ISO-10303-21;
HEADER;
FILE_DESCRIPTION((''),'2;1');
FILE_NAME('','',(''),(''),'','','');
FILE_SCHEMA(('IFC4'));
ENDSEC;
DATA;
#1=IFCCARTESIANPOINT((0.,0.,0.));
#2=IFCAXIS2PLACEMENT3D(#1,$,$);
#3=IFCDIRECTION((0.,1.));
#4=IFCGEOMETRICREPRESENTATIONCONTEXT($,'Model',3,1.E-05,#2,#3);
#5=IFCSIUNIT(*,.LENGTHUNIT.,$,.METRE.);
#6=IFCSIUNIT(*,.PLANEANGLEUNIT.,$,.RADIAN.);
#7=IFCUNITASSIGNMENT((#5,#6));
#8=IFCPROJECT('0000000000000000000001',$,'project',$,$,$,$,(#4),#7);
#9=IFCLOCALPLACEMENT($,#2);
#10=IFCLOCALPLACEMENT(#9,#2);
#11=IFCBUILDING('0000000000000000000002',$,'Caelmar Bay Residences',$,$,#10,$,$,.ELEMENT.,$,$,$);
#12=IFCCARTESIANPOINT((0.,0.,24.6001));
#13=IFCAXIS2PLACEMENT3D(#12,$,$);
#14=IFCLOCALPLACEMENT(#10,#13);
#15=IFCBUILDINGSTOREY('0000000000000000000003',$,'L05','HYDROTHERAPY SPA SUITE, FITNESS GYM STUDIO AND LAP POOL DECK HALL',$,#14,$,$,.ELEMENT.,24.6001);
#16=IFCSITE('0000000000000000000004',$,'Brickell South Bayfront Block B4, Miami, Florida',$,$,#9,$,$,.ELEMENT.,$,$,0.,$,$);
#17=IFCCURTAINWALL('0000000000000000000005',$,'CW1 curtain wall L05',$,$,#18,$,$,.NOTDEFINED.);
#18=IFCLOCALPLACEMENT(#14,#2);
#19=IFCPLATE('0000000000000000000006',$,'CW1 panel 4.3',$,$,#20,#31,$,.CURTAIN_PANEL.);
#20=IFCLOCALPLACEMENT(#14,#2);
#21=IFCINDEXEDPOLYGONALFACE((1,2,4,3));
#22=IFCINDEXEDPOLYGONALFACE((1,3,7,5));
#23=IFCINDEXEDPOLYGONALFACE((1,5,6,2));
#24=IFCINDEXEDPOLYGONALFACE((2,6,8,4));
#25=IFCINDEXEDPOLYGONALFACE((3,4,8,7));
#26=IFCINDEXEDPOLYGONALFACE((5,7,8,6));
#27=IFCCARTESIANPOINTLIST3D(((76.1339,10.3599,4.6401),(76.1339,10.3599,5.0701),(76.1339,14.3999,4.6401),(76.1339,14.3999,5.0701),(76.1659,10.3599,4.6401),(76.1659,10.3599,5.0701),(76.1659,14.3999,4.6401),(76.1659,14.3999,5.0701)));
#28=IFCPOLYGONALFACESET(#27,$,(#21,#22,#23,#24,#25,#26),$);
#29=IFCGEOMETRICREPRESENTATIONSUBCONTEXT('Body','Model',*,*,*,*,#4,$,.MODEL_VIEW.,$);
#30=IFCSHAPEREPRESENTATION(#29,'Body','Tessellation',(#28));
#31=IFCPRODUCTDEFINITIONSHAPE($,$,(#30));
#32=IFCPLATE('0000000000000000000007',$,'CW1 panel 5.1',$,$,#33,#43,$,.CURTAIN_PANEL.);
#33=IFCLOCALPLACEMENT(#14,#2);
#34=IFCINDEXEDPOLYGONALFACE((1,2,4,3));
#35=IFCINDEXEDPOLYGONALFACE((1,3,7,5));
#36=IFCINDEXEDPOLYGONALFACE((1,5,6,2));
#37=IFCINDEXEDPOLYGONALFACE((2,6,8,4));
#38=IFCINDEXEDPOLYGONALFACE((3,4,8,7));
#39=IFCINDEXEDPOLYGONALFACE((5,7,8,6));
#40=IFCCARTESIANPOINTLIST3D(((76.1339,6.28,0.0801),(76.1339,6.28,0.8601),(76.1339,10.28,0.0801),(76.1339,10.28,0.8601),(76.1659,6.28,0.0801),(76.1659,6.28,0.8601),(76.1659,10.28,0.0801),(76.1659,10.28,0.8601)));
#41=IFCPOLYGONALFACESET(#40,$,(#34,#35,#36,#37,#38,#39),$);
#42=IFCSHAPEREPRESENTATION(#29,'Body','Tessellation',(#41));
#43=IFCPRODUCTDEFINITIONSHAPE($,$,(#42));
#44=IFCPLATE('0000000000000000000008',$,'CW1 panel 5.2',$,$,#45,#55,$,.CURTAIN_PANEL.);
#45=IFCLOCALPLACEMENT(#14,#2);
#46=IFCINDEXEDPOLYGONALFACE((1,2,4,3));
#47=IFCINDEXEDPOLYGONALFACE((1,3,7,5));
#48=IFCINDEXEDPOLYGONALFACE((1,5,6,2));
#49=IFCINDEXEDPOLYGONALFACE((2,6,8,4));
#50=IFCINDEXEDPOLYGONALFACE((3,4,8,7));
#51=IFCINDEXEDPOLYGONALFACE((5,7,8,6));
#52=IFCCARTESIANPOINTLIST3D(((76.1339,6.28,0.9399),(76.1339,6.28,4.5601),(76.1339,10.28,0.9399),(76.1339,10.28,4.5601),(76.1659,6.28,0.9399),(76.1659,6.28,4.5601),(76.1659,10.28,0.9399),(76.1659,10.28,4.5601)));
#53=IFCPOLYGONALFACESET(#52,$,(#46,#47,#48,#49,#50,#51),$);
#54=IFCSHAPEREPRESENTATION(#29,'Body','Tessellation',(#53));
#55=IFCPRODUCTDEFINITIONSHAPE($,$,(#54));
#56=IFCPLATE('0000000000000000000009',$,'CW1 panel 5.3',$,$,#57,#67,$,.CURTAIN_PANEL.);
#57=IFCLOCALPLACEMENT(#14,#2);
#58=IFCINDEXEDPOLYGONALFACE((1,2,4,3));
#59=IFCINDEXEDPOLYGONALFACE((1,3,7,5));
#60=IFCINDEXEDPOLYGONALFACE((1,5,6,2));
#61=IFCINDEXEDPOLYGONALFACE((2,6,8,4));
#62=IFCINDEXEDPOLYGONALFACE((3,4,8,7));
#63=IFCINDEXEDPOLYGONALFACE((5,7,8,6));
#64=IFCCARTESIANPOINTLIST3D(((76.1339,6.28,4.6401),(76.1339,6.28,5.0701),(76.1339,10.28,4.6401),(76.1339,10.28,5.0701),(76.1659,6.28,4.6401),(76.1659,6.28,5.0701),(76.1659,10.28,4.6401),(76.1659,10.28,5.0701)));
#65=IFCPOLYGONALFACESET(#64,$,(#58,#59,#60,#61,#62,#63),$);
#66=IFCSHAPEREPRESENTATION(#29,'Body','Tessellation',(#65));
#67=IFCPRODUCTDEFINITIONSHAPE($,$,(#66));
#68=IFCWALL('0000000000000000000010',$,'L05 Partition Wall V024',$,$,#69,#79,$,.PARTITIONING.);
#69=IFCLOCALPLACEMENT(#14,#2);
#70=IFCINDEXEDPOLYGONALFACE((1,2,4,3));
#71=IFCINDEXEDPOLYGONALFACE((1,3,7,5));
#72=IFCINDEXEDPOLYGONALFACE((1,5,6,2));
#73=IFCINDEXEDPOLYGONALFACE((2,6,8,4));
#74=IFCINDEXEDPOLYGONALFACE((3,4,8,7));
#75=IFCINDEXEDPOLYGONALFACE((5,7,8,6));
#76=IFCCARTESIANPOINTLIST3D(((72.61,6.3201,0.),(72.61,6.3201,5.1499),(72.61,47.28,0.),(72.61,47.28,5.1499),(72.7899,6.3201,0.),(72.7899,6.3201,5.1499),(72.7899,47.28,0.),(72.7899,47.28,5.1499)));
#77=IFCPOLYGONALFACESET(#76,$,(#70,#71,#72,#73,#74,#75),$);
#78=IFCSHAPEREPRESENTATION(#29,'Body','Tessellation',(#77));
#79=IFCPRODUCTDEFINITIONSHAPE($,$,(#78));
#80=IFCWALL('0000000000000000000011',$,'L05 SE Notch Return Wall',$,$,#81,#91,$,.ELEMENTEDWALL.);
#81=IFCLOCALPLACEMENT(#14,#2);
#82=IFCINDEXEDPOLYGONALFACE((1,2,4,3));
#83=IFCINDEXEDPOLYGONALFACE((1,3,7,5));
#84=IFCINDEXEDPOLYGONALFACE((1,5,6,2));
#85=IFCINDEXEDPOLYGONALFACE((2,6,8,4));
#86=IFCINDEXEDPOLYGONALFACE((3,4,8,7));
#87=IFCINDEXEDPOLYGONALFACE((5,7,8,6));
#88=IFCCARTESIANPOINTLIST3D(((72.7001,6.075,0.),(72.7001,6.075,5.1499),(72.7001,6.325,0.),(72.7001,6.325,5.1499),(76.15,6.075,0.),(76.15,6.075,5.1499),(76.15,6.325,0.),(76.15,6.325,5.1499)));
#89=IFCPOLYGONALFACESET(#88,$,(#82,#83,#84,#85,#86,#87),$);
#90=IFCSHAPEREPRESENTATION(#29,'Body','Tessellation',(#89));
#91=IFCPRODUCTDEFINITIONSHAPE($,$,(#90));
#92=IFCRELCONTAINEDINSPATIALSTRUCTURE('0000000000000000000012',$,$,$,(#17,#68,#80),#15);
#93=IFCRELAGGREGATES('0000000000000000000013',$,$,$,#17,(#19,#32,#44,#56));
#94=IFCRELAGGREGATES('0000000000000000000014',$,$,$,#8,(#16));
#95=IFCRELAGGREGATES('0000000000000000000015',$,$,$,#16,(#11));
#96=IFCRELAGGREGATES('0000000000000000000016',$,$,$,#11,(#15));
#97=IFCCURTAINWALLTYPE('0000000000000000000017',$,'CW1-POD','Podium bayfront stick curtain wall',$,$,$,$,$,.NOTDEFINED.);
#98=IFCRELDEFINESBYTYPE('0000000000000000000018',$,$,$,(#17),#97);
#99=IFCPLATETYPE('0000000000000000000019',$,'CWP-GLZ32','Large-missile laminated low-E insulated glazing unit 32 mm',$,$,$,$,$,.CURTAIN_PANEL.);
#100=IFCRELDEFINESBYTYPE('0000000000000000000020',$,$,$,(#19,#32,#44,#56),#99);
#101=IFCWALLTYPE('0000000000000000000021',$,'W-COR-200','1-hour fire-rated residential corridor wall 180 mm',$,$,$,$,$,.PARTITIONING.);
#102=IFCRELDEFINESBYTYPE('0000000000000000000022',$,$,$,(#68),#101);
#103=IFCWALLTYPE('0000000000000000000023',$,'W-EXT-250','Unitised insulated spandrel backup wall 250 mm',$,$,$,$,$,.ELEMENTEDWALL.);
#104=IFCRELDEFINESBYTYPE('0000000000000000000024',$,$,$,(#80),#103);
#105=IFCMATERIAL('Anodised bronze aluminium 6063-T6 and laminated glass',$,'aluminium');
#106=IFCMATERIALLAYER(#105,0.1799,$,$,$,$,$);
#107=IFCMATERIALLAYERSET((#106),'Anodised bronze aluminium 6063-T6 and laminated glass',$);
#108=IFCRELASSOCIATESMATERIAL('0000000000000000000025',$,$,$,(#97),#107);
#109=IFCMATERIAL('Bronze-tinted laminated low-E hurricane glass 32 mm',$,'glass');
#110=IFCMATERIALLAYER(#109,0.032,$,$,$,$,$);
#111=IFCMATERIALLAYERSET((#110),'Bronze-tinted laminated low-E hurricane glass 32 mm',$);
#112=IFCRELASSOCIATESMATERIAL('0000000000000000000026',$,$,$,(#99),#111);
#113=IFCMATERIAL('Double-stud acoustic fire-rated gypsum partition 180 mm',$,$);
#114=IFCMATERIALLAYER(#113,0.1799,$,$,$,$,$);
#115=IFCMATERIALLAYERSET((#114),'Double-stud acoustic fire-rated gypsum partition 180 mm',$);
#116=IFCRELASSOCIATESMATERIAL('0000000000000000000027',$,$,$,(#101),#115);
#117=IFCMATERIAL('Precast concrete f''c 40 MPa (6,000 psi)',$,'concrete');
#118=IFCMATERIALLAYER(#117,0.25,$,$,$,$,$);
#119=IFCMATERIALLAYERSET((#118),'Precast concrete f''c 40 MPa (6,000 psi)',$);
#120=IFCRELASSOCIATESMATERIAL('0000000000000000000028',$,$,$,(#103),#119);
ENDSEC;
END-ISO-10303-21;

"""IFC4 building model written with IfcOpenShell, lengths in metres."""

from ifc_helpers import new_model, si_unit, direction, frame, frame_2d, origin, origin_2d, place, context, subcontext, project, spatial, rectangle, extrude, material, layer, layer_set, type_object, element, aggregate, save


model = new_model("IFC4")

# Units and contexts
model_context = context("Model", 3, precision=1e-05, world=origin(), true_north=direction((0.0, 1.0)))
body_context = subcontext(model_context, "Body", "Model", "MODEL_VIEW")
ifc_project = project(units=[si_unit("LENGTHUNIT", "METRE"), si_unit("PLANEANGLEUNIT", "RADIAN")], contexts=[model_context])

# Site, building, storey
site_placement = place(None, origin())
site = spatial("IfcSite", under=ifc_project, at=site_placement, Name="Brickell South Bayfront Block B4, Miami, Florida", CompositionType="ELEMENT", RefElevation=0.0)
building_placement = place(site_placement, origin())
building = spatial("IfcBuilding", under=site, at=building_placement, Name="Caelmar Bay Residences", CompositionType="ELEMENT")
storey_placement = place(building_placement, frame((0.0, 0.0, 24.6001)))
storey = spatial("IfcBuildingStorey", under=building, at=storey_placement, Name="L05", Description="HYDROTHERAPY SPA SUITE, FITNESS GYM STUDIO AND LAP POOL DECK HALL", CompositionType="ELEMENT", Elevation=24.6001)

# Shared definitions
ifc_material_1 = material(Name="Anodised bronze aluminium 6063-T6 and laminated glass", Category="aluminium")

# Curtain wall
ifc_layer_1 = layer(ifc_material_1, 0.1799)
ifc_layer_set_1 = layer_set([ifc_layer_1], Name="Anodised bronze aluminium 6063-T6 and laminated glass")
curtain_wall_type_1 = type_object("IfcCurtainWallType", Name="CW1-POD", Description="Podium bayfront stick curtain wall", PredefinedType="NOTDEFINED", material=ifc_layer_set_1)
curtain_wall_1_placement = place(storey_placement, origin())
curtain_wall_1 = element("IfcCurtainWall", 1, at=curtain_wall_1_placement, inside=storey, type_object=curtain_wall_type_1, Name="CW1 curtain wall L05", PredefinedType="NOTDEFINED")

# Plates
ifc_material_2 = material(Name="Bronze-tinted laminated low-E hurricane glass 32 mm", Category="glass")
ifc_layer_2 = layer(ifc_material_2, 0.032)
ifc_layer_set_2 = layer_set([ifc_layer_2], Name="Bronze-tinted laminated low-E hurricane glass 32 mm")
plate_type_1 = type_object("IfcPlateType", Name="CWP-GLZ32", Description="Large-missile laminated low-E insulated glazing unit 32 mm", PredefinedType="CURTAIN_PANEL", material=ifc_layer_set_2)
plate_1_placement = place(storey_placement, frame((76.1499, 12.3799, 4.6401), z_axis=(0.0, 0.0, 1.0), x_axis=(0.0, -1.0, 0.0)))
plate_1 = element("IfcPlate", 2, at=plate_1_placement, type_object=plate_type_1, Name="CW1 panel 4.3", PredefinedType="CURTAIN_PANEL", context=body_context, shape_type="SweptSolid", body=[
    extrude(rectangle(XDim=4.04, YDim=0.032, at=origin_2d()), origin(), (0.0, 0.0, 1.0), 0.4299),
])
plate_2_placement = place(storey_placement, frame((76.1499, 8.28, 0.0801), z_axis=(0.0, 0.0, 1.0), x_axis=(0.0, -1.0, 0.0)))
plate_2 = element("IfcPlate", 3, at=plate_2_placement, type_object=plate_type_1, Name="CW1 panel 5.1", PredefinedType="CURTAIN_PANEL", context=body_context, shape_type="SweptSolid", body=[
    extrude(rectangle(XDim=4.0, YDim=0.032, at=origin_2d()), origin(), (0.0, 0.0, 1.0), 0.78),
])
plate_3_placement = place(storey_placement, frame((76.1499, 8.28, 0.9399), z_axis=(0.0, 0.0, 1.0), x_axis=(0.0, -1.0, 0.0)))
plate_3 = element("IfcPlate", 4, at=plate_3_placement, type_object=plate_type_1, Name="CW1 panel 5.2", PredefinedType="CURTAIN_PANEL", context=body_context, shape_type="SweptSolid", body=[
    extrude(rectangle(XDim=4.0, YDim=0.032, at=origin_2d()), origin(), (0.0, 0.0, 1.0), 3.6201),
])
plate_4_placement = place(storey_placement, frame((76.1499, 8.28, 4.6401), z_axis=(0.0, 0.0, 1.0), x_axis=(0.0, -1.0, 0.0)))
plate_4 = element("IfcPlate", 5, at=plate_4_placement, type_object=plate_type_1, Name="CW1 panel 5.3", PredefinedType="CURTAIN_PANEL", context=body_context, shape_type="SweptSolid", body=[
    extrude(rectangle(XDim=4.0, YDim=0.032, at=origin_2d()), origin(), (0.0, 0.0, 1.0), 0.4299),
])
aggregate(curtain_wall_1, [plate_1, plate_2, plate_3, plate_4])

# Walls
ifc_material_3 = material(Name="Double-stud acoustic fire-rated gypsum partition 180 mm")
ifc_layer_3 = layer(ifc_material_3, 0.1799)
ifc_layer_set_3 = layer_set([ifc_layer_3], Name="Double-stud acoustic fire-rated gypsum partition 180 mm")
wall_type_1 = type_object("IfcWallType", Name="W-COR-200", Description="1-hour fire-rated residential corridor wall 180 mm", PredefinedType="PARTITIONING", material=ifc_layer_set_3)
wall_1_placement = place(storey_placement, frame((72.7, 6.3201, 0.0), z_axis=(0.0, 0.0, 1.0), x_axis=(0.0, 1.0, 0.0)))
element("IfcWall", 6, at=wall_1_placement, inside=storey, type_object=wall_type_1, Name="L05 Partition Wall V024", PredefinedType="PARTITIONING", context=body_context, shape_type="SweptSolid", body=[
    extrude(rectangle(XDim=40.96, YDim=0.1799, at=frame_2d((20.48, 0.0))), origin(), (0.0, 0.0, 1.0), 5.1499),
])
ifc_material_4 = material(Name="Precast concrete f'c 40 MPa (6,000 psi)", Category="concrete")
ifc_layer_4 = layer(ifc_material_4, 0.25)
ifc_layer_set_4 = layer_set([ifc_layer_4], Name="Precast concrete f'c 40 MPa (6,000 psi)")
wall_type_2 = type_object("IfcWallType", Name="W-EXT-250", Description="Unitised insulated spandrel backup wall 250 mm", PredefinedType="ELEMENTEDWALL", material=ifc_layer_set_4)
wall_2_placement = place(storey_placement, frame((72.7, 6.2, 0.0), z_axis=(0.0, 0.0, 1.0), x_axis=(1.0, 0.0, 0.0)))
element("IfcWall", 7, at=wall_2_placement, inside=storey, type_object=wall_type_2, Name="L05 SE Notch Return Wall", PredefinedType="ELEMENTEDWALL", context=body_context, shape_type="SweptSolid", body=[
    extrude(rectangle(XDim=3.45, YDim=0.25, at=frame_2d((1.7251, 0.0))), origin(), (0.0, 0.0, 1.0), 5.1499),
])

save(model, "model.ifc")
